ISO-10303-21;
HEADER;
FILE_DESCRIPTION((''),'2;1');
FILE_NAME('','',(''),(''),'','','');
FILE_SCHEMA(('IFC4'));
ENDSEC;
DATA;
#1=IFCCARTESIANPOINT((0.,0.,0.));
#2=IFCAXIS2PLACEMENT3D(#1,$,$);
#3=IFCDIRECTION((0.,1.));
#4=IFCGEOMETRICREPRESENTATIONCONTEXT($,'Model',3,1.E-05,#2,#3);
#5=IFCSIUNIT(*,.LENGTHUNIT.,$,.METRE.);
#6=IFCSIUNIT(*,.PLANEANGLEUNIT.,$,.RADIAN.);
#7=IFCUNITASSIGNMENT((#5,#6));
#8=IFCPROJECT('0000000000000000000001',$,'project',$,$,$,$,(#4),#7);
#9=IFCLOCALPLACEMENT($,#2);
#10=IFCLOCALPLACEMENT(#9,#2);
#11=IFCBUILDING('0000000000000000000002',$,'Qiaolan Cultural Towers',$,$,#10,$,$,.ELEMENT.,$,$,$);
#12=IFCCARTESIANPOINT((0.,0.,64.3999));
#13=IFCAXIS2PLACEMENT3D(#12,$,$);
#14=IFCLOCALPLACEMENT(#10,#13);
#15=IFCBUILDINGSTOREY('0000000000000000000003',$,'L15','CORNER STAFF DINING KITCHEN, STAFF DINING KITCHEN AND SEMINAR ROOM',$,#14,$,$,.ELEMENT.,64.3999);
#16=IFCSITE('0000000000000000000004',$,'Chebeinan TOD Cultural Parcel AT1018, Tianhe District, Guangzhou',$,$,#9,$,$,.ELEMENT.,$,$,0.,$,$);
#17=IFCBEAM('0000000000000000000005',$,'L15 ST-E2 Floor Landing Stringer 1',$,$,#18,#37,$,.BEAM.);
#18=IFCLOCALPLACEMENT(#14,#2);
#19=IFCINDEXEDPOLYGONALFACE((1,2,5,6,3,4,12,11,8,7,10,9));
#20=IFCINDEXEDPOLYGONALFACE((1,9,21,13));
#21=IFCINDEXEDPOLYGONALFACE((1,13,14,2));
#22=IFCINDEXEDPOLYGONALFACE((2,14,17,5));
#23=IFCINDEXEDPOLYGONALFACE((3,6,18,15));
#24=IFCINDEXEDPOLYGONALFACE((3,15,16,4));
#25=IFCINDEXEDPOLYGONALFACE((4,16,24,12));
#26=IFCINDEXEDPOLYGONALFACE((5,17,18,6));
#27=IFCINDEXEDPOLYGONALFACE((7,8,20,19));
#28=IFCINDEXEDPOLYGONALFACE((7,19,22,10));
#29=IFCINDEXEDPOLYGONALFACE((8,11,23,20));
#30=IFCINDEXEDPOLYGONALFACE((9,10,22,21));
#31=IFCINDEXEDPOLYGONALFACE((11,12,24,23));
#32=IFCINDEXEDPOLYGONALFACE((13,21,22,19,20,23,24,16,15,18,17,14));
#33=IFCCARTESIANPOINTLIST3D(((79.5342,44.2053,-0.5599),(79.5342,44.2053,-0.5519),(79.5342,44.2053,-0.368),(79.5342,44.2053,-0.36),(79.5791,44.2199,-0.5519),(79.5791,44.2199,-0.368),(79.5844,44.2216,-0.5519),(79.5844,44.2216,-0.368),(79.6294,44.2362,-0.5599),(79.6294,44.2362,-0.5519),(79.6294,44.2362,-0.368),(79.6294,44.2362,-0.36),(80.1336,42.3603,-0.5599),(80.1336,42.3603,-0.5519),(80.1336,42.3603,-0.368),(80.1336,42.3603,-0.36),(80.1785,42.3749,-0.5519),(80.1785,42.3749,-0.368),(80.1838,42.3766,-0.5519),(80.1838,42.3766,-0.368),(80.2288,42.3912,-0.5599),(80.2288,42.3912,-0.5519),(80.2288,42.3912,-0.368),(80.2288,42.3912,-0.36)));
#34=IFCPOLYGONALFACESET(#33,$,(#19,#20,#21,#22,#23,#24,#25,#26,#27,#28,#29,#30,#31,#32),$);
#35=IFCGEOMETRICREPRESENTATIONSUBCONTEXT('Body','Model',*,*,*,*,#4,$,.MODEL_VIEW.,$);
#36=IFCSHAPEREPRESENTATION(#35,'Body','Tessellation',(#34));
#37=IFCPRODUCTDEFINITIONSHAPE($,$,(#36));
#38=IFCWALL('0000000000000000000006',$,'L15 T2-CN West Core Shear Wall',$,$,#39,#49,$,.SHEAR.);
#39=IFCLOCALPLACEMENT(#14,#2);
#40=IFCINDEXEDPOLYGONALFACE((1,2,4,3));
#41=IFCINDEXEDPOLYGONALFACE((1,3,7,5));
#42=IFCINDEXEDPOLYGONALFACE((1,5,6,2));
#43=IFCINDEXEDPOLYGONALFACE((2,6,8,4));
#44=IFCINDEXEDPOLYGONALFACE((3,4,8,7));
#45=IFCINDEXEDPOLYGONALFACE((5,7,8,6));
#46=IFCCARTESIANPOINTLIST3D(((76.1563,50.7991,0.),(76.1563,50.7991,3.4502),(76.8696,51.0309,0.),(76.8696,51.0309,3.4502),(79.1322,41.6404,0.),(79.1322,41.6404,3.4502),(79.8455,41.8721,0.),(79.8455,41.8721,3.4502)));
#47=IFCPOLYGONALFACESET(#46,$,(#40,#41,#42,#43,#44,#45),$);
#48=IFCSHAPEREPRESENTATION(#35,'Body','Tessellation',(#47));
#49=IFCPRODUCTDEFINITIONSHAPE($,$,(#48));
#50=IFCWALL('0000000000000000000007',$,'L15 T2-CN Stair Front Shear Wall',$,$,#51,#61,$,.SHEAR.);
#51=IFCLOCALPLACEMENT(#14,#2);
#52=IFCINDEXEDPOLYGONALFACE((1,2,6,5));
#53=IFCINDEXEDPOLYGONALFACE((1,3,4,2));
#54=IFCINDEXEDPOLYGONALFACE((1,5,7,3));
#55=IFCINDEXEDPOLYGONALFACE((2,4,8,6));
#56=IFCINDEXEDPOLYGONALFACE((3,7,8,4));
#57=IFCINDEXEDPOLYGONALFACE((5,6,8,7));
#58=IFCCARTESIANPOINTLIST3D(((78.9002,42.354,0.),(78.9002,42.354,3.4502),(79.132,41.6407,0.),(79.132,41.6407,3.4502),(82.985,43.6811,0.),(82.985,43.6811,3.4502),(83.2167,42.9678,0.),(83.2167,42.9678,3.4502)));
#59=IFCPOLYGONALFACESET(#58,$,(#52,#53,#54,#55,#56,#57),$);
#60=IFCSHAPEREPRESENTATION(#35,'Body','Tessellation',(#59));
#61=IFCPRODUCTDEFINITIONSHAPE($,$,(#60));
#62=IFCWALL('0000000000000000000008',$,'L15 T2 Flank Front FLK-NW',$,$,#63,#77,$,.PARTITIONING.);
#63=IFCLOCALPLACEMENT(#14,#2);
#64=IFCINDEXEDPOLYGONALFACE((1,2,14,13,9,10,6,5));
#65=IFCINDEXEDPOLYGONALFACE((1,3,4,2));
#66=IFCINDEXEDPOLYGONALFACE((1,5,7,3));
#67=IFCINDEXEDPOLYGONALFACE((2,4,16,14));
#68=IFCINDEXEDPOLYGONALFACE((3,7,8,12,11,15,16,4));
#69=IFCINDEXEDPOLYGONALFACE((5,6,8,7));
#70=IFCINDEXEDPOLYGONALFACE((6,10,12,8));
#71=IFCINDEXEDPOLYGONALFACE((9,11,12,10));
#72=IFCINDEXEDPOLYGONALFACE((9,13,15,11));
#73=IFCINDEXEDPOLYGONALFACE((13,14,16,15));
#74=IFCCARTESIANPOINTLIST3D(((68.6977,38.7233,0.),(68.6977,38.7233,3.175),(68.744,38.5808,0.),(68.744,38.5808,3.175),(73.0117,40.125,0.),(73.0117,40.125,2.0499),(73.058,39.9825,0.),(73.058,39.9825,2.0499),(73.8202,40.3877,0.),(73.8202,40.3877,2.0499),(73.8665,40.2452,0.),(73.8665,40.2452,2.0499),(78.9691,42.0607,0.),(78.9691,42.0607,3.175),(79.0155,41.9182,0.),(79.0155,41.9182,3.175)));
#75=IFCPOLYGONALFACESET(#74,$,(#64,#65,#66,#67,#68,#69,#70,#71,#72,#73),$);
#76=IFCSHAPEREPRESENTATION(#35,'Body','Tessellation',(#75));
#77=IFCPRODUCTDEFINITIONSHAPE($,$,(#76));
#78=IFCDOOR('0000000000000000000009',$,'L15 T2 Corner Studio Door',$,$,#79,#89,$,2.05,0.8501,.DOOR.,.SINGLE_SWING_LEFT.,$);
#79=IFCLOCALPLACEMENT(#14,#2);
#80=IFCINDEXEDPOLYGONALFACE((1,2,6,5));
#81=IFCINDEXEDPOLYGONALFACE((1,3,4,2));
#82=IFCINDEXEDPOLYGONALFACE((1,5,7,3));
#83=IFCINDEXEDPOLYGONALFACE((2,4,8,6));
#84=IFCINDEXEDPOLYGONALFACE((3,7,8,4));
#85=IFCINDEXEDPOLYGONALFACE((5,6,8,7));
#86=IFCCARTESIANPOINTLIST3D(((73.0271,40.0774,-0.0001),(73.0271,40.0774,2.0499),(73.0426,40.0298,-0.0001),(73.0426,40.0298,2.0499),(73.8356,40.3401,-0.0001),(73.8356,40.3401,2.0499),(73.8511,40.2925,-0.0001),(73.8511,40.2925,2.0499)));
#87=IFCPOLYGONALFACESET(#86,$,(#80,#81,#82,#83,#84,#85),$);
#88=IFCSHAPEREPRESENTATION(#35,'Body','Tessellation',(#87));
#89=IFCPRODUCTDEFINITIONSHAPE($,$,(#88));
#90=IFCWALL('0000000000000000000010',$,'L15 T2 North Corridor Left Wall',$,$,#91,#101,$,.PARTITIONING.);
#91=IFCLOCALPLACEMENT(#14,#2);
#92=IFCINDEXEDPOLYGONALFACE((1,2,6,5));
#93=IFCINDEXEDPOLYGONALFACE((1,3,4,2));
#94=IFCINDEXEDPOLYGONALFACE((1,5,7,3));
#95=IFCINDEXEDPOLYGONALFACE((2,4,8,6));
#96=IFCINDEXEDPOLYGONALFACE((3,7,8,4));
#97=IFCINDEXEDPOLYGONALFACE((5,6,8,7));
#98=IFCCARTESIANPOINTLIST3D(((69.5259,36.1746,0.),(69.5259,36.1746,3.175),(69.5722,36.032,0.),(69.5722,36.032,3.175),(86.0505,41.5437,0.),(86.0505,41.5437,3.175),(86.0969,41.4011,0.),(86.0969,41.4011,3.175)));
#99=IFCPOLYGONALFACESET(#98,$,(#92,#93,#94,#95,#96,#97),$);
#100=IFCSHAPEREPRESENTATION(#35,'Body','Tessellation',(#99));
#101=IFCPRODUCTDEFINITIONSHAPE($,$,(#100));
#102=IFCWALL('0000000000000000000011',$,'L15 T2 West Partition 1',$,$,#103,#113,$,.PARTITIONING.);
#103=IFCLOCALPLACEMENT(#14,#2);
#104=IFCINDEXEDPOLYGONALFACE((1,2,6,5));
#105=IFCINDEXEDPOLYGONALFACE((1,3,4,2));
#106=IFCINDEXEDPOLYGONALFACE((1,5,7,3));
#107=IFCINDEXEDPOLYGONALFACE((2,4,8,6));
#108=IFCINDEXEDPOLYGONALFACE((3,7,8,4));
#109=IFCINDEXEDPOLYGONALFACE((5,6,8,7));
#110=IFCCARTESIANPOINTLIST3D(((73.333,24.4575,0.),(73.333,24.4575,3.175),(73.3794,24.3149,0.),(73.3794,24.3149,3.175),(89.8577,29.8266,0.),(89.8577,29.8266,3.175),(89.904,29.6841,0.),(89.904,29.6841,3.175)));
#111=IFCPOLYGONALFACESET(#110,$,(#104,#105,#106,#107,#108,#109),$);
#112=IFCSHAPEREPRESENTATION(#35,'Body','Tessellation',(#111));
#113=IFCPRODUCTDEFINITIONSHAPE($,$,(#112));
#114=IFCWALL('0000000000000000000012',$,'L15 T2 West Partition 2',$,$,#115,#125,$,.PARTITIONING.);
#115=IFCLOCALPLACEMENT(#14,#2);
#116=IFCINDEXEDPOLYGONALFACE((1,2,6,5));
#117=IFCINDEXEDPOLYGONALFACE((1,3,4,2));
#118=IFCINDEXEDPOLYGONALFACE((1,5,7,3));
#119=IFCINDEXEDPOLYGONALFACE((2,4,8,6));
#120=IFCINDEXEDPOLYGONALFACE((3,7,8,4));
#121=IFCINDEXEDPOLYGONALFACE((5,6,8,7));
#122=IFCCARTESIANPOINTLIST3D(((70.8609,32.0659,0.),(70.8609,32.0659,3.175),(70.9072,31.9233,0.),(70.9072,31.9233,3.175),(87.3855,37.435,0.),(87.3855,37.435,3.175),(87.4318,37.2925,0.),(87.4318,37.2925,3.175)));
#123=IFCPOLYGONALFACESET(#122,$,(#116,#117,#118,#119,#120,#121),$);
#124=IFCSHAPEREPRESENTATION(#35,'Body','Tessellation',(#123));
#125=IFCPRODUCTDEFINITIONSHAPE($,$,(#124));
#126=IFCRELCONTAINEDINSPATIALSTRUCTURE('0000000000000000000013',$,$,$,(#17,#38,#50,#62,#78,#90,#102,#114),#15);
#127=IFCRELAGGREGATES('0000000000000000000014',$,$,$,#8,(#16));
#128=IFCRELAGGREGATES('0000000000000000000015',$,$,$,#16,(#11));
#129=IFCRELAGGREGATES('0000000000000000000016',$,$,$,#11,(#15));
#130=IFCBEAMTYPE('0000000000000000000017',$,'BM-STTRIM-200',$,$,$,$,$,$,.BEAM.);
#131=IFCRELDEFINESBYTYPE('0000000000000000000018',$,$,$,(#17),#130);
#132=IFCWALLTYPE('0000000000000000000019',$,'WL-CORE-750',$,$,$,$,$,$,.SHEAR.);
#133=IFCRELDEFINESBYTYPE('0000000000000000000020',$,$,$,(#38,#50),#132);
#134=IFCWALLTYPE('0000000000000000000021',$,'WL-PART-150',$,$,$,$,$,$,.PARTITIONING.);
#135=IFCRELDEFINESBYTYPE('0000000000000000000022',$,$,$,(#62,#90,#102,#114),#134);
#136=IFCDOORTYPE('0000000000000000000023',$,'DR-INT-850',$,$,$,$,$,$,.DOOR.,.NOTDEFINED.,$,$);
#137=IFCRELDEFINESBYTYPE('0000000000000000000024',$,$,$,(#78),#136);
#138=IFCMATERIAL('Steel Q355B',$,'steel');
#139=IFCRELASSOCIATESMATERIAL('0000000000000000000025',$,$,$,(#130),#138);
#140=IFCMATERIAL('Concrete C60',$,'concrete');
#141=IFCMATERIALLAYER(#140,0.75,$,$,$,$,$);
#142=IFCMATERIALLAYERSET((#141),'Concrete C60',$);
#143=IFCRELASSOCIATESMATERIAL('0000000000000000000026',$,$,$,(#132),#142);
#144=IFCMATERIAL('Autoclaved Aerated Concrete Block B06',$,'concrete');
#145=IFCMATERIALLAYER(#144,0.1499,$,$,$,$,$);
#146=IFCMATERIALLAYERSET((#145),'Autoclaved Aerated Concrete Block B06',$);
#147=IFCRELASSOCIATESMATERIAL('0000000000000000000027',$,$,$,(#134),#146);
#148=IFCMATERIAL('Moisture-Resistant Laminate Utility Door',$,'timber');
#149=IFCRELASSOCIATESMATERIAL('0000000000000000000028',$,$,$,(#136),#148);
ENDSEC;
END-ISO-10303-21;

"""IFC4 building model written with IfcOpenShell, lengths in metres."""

from ifc_helpers import new_model, si_unit, direction, frame, frame_2d, origin, origin_2d, place, context, subcontext, project, spatial, rectangle, i_section, extrude, material, layer, layer_set, material_profile, profile_set, type_object, element, fill, save


model = new_model("IFC4")

# Units and contexts
model_context = context("Model", 3, precision=1e-05, world=origin(), true_north=direction((0.0, 1.0)))
body_context = subcontext(model_context, "Body", "Model", "MODEL_VIEW")
ifc_project = project(units=[si_unit("LENGTHUNIT", "METRE"), si_unit("PLANEANGLEUNIT", "RADIAN")], contexts=[model_context])

# Site, building, storey
site_placement = place(None, origin())
site = spatial("IfcSite", under=ifc_project, at=site_placement, Name="Chebeinan TOD Cultural Parcel AT1018, Tianhe District, Guangzhou", CompositionType="ELEMENT", RefElevation=0.0)
building_placement = place(site_placement, origin())
building = spatial("IfcBuilding", under=site, at=building_placement, Name="Qiaolan Cultural Towers", CompositionType="ELEMENT")
storey_placement = place(building_placement, frame((0.0, 0.0, 64.3999)))
storey = spatial("IfcBuildingStorey", under=building, at=storey_placement, Name="L15", Description="CORNER STAFF DINING KITCHEN, STAFF DINING KITCHEN AND SEMINAR ROOM", CompositionType="ELEMENT", Elevation=64.3999)

# Beam
ifc_material_1 = material(Name="Steel Q355B", Category="steel")
ifc_material_profile_1 = material_profile(ifc_material_1, i_section(OverallWidth=0.1001, OverallDepth=0.2, WebThickness=0.0056, FlangeThickness=0.0081, at=origin_2d()), Name="HN200x100x5.5x8")
ifc_profile_set_1 = profile_set([ifc_material_profile_1], Name="Steel Q355B")
beam_type_1 = type_object("IfcBeamType", Name="BM-STTRIM-200", PredefinedType="BEAM", material=ifc_profile_set_1)
beam_1_placement = place(storey_placement, frame((80.1812, 42.3757, -0.46), z_axis=(-0.308969, 0.951072, 0.0), x_axis=(-0.951072, -0.308969, 0.0)))
element("IfcBeam", 1, at=beam_1_placement, inside=storey, type_object=beam_type_1, Name="L15 ST-E2 Floor Landing Stringer 1", PredefinedType="BEAM", context=body_context, shape_type="SweptSolid", body=[
    extrude(i_section(OverallWidth=0.1001, OverallDepth=0.2, WebThickness=0.0056, FlangeThickness=0.0081, at=origin_2d()), origin(), (0.0, 0.0, 1.0), 1.9399),
])

# Walls
ifc_material_2 = material(Name="Concrete C60", Category="concrete")
ifc_layer_1 = layer(ifc_material_2, 0.75)
ifc_layer_set_1 = layer_set([ifc_layer_1], Name="Concrete C60")
wall_type_1 = type_object("IfcWallType", Name="WL-CORE-750", PredefinedType="SHEAR", material=ifc_layer_set_1)
wall_1_placement = place(storey_placement, frame((79.4888, 41.7563, 0.0), z_axis=(0.0, 0.0, 1.0), x_axis=(-0.309016, 0.951057, 0.0)))
element("IfcWall", 2, at=wall_1_placement, inside=storey, type_object=wall_type_1, Name="L15 T2-CN West Core Shear Wall", PredefinedType="SHEAR", context=body_context, shape_type="SweptSolid", body=[
    extrude(rectangle(XDim=9.6301, YDim=0.75, at=frame_2d((4.8149, 0.0))), origin(), (0.0, 0.0, 1.0), 3.4502),
])
wall_2_placement = place(storey_placement, frame((79.0161, 41.9973, 0.0), z_axis=(0.0, 0.0, 1.0), x_axis=(0.95106, 0.309005, 0.0)))
element("IfcWall", 3, at=wall_2_placement, inside=storey, type_object=wall_type_1, Name="L15 T2-CN Stair Front Shear Wall", PredefinedType="SHEAR", context=body_context, shape_type="SweptSolid", body=[
    extrude(rectangle(XDim=4.2949, YDim=0.75, at=frame_2d((2.1475, 0.0))), origin(), (0.0, 0.0, 1.0), 3.4502),
])

# Wall, opening, door
ifc_material_3 = material(Name="Autoclaved Aerated Concrete Block B06", Category="concrete")
ifc_layer_2 = layer(ifc_material_3, 0.1499)
ifc_layer_set_2 = layer_set([ifc_layer_2], Name="Autoclaved Aerated Concrete Block B06")
wall_type_2 = type_object("IfcWallType", Name="WL-PART-150", PredefinedType="PARTITIONING", material=ifc_layer_set_2)
wall_3_placement = place(storey_placement, frame((68.7209, 38.6521, 0.0), z_axis=(0.0, 0.0, 1.0), x_axis=(0.951057, 0.309017, 0.0)))
wall_3 = element("IfcWall", 4, at=wall_3_placement, inside=storey, type_object=wall_type_2, Name="L15 T2 Flank Front FLK-NW", PredefinedType="PARTITIONING", context=body_context, shape_type="SweptSolid", body=[
    extrude(rectangle(XDim=10.8, YDim=0.1499, at=frame_2d((5.3999, 0.0))), origin(), (0.0, 0.0, 1.0), 3.175),
])
opening_placement = place(wall_3_placement, frame((4.5359, 0.0, 0.0)))
opening = element("IfcOpeningElement", 5, at=opening_placement, cuts=wall_3, PredefinedType="OPENING", context=body_context, shape_type="SweptSolid", body=[
    extrude(rectangle(XDim=0.8501, YDim=2.05, at=frame_2d((0.425, 1.0249))), frame((0.0, 0.085, 0.0), z_axis=(0.0, -1.0, 0.0), x_axis=(1.0, 0.0, 0.0)), (0.0, 0.0, 1.0), 0.1699),
])
ifc_material_4 = material(Name="Moisture-Resistant Laminate Utility Door", Category="timber")
door_type = type_object("IfcDoorType", Name="DR-INT-850", OperationType="NOTDEFINED", PredefinedType="DOOR", material=ifc_material_4)
door_placement = place(opening_placement, origin())
door = element("IfcDoor", 6, at=door_placement, inside=storey, type_object=door_type, Name="L15 T2 Corner Studio Door", OperationType="SINGLE_SWING_LEFT", OverallHeight=2.05, OverallWidth=0.8501, PredefinedType="DOOR", context=body_context, shape_type="SweptSolid", body=[
    extrude(rectangle(XDim=0.8501, YDim=2.05, at=frame_2d((0.425, 1.0249))), frame((0.0, 0.0249, 0.0), z_axis=(0.0, -1.0, 0.0), x_axis=(1.0, 0.0, 0.0)), (0.0, 0.0, 1.0), 0.05),
])
fill(opening, door)

# Walls
for number, where, z_axis, x_axis, name in (
    (7, (69.5491, 36.1033, 0.0), (0.0, 0.0, 1.0), (0.951057, 0.309015, 0.0), "L15 T2 North Corridor Left Wall"),
    (8, (73.3562, 24.3862, 0.0), (0.0, 0.0, 1.0), (0.951057, 0.309015, 0.0), "L15 T2 West Partition 1"),
    (9, (70.884, 31.9946, 0.0), (0.0, 0.0, 1.0), (0.951057, 0.309015, 0.0), "L15 T2 West Partition 2"),
):
    element("IfcWall", number, at=place(storey_placement, frame(where, z_axis=z_axis, x_axis=x_axis)), inside=storey, type_object=wall_type_2, Name=name, PredefinedType="PARTITIONING", context=body_context, shape_type="SweptSolid", body=[
        extrude(rectangle(XDim=17.375, YDim=0.1499, at=frame_2d((8.6875, 0.0))), origin(), (0.0, 0.0, 1.0), 3.175),
    ])

save(model, "model.ifc")
